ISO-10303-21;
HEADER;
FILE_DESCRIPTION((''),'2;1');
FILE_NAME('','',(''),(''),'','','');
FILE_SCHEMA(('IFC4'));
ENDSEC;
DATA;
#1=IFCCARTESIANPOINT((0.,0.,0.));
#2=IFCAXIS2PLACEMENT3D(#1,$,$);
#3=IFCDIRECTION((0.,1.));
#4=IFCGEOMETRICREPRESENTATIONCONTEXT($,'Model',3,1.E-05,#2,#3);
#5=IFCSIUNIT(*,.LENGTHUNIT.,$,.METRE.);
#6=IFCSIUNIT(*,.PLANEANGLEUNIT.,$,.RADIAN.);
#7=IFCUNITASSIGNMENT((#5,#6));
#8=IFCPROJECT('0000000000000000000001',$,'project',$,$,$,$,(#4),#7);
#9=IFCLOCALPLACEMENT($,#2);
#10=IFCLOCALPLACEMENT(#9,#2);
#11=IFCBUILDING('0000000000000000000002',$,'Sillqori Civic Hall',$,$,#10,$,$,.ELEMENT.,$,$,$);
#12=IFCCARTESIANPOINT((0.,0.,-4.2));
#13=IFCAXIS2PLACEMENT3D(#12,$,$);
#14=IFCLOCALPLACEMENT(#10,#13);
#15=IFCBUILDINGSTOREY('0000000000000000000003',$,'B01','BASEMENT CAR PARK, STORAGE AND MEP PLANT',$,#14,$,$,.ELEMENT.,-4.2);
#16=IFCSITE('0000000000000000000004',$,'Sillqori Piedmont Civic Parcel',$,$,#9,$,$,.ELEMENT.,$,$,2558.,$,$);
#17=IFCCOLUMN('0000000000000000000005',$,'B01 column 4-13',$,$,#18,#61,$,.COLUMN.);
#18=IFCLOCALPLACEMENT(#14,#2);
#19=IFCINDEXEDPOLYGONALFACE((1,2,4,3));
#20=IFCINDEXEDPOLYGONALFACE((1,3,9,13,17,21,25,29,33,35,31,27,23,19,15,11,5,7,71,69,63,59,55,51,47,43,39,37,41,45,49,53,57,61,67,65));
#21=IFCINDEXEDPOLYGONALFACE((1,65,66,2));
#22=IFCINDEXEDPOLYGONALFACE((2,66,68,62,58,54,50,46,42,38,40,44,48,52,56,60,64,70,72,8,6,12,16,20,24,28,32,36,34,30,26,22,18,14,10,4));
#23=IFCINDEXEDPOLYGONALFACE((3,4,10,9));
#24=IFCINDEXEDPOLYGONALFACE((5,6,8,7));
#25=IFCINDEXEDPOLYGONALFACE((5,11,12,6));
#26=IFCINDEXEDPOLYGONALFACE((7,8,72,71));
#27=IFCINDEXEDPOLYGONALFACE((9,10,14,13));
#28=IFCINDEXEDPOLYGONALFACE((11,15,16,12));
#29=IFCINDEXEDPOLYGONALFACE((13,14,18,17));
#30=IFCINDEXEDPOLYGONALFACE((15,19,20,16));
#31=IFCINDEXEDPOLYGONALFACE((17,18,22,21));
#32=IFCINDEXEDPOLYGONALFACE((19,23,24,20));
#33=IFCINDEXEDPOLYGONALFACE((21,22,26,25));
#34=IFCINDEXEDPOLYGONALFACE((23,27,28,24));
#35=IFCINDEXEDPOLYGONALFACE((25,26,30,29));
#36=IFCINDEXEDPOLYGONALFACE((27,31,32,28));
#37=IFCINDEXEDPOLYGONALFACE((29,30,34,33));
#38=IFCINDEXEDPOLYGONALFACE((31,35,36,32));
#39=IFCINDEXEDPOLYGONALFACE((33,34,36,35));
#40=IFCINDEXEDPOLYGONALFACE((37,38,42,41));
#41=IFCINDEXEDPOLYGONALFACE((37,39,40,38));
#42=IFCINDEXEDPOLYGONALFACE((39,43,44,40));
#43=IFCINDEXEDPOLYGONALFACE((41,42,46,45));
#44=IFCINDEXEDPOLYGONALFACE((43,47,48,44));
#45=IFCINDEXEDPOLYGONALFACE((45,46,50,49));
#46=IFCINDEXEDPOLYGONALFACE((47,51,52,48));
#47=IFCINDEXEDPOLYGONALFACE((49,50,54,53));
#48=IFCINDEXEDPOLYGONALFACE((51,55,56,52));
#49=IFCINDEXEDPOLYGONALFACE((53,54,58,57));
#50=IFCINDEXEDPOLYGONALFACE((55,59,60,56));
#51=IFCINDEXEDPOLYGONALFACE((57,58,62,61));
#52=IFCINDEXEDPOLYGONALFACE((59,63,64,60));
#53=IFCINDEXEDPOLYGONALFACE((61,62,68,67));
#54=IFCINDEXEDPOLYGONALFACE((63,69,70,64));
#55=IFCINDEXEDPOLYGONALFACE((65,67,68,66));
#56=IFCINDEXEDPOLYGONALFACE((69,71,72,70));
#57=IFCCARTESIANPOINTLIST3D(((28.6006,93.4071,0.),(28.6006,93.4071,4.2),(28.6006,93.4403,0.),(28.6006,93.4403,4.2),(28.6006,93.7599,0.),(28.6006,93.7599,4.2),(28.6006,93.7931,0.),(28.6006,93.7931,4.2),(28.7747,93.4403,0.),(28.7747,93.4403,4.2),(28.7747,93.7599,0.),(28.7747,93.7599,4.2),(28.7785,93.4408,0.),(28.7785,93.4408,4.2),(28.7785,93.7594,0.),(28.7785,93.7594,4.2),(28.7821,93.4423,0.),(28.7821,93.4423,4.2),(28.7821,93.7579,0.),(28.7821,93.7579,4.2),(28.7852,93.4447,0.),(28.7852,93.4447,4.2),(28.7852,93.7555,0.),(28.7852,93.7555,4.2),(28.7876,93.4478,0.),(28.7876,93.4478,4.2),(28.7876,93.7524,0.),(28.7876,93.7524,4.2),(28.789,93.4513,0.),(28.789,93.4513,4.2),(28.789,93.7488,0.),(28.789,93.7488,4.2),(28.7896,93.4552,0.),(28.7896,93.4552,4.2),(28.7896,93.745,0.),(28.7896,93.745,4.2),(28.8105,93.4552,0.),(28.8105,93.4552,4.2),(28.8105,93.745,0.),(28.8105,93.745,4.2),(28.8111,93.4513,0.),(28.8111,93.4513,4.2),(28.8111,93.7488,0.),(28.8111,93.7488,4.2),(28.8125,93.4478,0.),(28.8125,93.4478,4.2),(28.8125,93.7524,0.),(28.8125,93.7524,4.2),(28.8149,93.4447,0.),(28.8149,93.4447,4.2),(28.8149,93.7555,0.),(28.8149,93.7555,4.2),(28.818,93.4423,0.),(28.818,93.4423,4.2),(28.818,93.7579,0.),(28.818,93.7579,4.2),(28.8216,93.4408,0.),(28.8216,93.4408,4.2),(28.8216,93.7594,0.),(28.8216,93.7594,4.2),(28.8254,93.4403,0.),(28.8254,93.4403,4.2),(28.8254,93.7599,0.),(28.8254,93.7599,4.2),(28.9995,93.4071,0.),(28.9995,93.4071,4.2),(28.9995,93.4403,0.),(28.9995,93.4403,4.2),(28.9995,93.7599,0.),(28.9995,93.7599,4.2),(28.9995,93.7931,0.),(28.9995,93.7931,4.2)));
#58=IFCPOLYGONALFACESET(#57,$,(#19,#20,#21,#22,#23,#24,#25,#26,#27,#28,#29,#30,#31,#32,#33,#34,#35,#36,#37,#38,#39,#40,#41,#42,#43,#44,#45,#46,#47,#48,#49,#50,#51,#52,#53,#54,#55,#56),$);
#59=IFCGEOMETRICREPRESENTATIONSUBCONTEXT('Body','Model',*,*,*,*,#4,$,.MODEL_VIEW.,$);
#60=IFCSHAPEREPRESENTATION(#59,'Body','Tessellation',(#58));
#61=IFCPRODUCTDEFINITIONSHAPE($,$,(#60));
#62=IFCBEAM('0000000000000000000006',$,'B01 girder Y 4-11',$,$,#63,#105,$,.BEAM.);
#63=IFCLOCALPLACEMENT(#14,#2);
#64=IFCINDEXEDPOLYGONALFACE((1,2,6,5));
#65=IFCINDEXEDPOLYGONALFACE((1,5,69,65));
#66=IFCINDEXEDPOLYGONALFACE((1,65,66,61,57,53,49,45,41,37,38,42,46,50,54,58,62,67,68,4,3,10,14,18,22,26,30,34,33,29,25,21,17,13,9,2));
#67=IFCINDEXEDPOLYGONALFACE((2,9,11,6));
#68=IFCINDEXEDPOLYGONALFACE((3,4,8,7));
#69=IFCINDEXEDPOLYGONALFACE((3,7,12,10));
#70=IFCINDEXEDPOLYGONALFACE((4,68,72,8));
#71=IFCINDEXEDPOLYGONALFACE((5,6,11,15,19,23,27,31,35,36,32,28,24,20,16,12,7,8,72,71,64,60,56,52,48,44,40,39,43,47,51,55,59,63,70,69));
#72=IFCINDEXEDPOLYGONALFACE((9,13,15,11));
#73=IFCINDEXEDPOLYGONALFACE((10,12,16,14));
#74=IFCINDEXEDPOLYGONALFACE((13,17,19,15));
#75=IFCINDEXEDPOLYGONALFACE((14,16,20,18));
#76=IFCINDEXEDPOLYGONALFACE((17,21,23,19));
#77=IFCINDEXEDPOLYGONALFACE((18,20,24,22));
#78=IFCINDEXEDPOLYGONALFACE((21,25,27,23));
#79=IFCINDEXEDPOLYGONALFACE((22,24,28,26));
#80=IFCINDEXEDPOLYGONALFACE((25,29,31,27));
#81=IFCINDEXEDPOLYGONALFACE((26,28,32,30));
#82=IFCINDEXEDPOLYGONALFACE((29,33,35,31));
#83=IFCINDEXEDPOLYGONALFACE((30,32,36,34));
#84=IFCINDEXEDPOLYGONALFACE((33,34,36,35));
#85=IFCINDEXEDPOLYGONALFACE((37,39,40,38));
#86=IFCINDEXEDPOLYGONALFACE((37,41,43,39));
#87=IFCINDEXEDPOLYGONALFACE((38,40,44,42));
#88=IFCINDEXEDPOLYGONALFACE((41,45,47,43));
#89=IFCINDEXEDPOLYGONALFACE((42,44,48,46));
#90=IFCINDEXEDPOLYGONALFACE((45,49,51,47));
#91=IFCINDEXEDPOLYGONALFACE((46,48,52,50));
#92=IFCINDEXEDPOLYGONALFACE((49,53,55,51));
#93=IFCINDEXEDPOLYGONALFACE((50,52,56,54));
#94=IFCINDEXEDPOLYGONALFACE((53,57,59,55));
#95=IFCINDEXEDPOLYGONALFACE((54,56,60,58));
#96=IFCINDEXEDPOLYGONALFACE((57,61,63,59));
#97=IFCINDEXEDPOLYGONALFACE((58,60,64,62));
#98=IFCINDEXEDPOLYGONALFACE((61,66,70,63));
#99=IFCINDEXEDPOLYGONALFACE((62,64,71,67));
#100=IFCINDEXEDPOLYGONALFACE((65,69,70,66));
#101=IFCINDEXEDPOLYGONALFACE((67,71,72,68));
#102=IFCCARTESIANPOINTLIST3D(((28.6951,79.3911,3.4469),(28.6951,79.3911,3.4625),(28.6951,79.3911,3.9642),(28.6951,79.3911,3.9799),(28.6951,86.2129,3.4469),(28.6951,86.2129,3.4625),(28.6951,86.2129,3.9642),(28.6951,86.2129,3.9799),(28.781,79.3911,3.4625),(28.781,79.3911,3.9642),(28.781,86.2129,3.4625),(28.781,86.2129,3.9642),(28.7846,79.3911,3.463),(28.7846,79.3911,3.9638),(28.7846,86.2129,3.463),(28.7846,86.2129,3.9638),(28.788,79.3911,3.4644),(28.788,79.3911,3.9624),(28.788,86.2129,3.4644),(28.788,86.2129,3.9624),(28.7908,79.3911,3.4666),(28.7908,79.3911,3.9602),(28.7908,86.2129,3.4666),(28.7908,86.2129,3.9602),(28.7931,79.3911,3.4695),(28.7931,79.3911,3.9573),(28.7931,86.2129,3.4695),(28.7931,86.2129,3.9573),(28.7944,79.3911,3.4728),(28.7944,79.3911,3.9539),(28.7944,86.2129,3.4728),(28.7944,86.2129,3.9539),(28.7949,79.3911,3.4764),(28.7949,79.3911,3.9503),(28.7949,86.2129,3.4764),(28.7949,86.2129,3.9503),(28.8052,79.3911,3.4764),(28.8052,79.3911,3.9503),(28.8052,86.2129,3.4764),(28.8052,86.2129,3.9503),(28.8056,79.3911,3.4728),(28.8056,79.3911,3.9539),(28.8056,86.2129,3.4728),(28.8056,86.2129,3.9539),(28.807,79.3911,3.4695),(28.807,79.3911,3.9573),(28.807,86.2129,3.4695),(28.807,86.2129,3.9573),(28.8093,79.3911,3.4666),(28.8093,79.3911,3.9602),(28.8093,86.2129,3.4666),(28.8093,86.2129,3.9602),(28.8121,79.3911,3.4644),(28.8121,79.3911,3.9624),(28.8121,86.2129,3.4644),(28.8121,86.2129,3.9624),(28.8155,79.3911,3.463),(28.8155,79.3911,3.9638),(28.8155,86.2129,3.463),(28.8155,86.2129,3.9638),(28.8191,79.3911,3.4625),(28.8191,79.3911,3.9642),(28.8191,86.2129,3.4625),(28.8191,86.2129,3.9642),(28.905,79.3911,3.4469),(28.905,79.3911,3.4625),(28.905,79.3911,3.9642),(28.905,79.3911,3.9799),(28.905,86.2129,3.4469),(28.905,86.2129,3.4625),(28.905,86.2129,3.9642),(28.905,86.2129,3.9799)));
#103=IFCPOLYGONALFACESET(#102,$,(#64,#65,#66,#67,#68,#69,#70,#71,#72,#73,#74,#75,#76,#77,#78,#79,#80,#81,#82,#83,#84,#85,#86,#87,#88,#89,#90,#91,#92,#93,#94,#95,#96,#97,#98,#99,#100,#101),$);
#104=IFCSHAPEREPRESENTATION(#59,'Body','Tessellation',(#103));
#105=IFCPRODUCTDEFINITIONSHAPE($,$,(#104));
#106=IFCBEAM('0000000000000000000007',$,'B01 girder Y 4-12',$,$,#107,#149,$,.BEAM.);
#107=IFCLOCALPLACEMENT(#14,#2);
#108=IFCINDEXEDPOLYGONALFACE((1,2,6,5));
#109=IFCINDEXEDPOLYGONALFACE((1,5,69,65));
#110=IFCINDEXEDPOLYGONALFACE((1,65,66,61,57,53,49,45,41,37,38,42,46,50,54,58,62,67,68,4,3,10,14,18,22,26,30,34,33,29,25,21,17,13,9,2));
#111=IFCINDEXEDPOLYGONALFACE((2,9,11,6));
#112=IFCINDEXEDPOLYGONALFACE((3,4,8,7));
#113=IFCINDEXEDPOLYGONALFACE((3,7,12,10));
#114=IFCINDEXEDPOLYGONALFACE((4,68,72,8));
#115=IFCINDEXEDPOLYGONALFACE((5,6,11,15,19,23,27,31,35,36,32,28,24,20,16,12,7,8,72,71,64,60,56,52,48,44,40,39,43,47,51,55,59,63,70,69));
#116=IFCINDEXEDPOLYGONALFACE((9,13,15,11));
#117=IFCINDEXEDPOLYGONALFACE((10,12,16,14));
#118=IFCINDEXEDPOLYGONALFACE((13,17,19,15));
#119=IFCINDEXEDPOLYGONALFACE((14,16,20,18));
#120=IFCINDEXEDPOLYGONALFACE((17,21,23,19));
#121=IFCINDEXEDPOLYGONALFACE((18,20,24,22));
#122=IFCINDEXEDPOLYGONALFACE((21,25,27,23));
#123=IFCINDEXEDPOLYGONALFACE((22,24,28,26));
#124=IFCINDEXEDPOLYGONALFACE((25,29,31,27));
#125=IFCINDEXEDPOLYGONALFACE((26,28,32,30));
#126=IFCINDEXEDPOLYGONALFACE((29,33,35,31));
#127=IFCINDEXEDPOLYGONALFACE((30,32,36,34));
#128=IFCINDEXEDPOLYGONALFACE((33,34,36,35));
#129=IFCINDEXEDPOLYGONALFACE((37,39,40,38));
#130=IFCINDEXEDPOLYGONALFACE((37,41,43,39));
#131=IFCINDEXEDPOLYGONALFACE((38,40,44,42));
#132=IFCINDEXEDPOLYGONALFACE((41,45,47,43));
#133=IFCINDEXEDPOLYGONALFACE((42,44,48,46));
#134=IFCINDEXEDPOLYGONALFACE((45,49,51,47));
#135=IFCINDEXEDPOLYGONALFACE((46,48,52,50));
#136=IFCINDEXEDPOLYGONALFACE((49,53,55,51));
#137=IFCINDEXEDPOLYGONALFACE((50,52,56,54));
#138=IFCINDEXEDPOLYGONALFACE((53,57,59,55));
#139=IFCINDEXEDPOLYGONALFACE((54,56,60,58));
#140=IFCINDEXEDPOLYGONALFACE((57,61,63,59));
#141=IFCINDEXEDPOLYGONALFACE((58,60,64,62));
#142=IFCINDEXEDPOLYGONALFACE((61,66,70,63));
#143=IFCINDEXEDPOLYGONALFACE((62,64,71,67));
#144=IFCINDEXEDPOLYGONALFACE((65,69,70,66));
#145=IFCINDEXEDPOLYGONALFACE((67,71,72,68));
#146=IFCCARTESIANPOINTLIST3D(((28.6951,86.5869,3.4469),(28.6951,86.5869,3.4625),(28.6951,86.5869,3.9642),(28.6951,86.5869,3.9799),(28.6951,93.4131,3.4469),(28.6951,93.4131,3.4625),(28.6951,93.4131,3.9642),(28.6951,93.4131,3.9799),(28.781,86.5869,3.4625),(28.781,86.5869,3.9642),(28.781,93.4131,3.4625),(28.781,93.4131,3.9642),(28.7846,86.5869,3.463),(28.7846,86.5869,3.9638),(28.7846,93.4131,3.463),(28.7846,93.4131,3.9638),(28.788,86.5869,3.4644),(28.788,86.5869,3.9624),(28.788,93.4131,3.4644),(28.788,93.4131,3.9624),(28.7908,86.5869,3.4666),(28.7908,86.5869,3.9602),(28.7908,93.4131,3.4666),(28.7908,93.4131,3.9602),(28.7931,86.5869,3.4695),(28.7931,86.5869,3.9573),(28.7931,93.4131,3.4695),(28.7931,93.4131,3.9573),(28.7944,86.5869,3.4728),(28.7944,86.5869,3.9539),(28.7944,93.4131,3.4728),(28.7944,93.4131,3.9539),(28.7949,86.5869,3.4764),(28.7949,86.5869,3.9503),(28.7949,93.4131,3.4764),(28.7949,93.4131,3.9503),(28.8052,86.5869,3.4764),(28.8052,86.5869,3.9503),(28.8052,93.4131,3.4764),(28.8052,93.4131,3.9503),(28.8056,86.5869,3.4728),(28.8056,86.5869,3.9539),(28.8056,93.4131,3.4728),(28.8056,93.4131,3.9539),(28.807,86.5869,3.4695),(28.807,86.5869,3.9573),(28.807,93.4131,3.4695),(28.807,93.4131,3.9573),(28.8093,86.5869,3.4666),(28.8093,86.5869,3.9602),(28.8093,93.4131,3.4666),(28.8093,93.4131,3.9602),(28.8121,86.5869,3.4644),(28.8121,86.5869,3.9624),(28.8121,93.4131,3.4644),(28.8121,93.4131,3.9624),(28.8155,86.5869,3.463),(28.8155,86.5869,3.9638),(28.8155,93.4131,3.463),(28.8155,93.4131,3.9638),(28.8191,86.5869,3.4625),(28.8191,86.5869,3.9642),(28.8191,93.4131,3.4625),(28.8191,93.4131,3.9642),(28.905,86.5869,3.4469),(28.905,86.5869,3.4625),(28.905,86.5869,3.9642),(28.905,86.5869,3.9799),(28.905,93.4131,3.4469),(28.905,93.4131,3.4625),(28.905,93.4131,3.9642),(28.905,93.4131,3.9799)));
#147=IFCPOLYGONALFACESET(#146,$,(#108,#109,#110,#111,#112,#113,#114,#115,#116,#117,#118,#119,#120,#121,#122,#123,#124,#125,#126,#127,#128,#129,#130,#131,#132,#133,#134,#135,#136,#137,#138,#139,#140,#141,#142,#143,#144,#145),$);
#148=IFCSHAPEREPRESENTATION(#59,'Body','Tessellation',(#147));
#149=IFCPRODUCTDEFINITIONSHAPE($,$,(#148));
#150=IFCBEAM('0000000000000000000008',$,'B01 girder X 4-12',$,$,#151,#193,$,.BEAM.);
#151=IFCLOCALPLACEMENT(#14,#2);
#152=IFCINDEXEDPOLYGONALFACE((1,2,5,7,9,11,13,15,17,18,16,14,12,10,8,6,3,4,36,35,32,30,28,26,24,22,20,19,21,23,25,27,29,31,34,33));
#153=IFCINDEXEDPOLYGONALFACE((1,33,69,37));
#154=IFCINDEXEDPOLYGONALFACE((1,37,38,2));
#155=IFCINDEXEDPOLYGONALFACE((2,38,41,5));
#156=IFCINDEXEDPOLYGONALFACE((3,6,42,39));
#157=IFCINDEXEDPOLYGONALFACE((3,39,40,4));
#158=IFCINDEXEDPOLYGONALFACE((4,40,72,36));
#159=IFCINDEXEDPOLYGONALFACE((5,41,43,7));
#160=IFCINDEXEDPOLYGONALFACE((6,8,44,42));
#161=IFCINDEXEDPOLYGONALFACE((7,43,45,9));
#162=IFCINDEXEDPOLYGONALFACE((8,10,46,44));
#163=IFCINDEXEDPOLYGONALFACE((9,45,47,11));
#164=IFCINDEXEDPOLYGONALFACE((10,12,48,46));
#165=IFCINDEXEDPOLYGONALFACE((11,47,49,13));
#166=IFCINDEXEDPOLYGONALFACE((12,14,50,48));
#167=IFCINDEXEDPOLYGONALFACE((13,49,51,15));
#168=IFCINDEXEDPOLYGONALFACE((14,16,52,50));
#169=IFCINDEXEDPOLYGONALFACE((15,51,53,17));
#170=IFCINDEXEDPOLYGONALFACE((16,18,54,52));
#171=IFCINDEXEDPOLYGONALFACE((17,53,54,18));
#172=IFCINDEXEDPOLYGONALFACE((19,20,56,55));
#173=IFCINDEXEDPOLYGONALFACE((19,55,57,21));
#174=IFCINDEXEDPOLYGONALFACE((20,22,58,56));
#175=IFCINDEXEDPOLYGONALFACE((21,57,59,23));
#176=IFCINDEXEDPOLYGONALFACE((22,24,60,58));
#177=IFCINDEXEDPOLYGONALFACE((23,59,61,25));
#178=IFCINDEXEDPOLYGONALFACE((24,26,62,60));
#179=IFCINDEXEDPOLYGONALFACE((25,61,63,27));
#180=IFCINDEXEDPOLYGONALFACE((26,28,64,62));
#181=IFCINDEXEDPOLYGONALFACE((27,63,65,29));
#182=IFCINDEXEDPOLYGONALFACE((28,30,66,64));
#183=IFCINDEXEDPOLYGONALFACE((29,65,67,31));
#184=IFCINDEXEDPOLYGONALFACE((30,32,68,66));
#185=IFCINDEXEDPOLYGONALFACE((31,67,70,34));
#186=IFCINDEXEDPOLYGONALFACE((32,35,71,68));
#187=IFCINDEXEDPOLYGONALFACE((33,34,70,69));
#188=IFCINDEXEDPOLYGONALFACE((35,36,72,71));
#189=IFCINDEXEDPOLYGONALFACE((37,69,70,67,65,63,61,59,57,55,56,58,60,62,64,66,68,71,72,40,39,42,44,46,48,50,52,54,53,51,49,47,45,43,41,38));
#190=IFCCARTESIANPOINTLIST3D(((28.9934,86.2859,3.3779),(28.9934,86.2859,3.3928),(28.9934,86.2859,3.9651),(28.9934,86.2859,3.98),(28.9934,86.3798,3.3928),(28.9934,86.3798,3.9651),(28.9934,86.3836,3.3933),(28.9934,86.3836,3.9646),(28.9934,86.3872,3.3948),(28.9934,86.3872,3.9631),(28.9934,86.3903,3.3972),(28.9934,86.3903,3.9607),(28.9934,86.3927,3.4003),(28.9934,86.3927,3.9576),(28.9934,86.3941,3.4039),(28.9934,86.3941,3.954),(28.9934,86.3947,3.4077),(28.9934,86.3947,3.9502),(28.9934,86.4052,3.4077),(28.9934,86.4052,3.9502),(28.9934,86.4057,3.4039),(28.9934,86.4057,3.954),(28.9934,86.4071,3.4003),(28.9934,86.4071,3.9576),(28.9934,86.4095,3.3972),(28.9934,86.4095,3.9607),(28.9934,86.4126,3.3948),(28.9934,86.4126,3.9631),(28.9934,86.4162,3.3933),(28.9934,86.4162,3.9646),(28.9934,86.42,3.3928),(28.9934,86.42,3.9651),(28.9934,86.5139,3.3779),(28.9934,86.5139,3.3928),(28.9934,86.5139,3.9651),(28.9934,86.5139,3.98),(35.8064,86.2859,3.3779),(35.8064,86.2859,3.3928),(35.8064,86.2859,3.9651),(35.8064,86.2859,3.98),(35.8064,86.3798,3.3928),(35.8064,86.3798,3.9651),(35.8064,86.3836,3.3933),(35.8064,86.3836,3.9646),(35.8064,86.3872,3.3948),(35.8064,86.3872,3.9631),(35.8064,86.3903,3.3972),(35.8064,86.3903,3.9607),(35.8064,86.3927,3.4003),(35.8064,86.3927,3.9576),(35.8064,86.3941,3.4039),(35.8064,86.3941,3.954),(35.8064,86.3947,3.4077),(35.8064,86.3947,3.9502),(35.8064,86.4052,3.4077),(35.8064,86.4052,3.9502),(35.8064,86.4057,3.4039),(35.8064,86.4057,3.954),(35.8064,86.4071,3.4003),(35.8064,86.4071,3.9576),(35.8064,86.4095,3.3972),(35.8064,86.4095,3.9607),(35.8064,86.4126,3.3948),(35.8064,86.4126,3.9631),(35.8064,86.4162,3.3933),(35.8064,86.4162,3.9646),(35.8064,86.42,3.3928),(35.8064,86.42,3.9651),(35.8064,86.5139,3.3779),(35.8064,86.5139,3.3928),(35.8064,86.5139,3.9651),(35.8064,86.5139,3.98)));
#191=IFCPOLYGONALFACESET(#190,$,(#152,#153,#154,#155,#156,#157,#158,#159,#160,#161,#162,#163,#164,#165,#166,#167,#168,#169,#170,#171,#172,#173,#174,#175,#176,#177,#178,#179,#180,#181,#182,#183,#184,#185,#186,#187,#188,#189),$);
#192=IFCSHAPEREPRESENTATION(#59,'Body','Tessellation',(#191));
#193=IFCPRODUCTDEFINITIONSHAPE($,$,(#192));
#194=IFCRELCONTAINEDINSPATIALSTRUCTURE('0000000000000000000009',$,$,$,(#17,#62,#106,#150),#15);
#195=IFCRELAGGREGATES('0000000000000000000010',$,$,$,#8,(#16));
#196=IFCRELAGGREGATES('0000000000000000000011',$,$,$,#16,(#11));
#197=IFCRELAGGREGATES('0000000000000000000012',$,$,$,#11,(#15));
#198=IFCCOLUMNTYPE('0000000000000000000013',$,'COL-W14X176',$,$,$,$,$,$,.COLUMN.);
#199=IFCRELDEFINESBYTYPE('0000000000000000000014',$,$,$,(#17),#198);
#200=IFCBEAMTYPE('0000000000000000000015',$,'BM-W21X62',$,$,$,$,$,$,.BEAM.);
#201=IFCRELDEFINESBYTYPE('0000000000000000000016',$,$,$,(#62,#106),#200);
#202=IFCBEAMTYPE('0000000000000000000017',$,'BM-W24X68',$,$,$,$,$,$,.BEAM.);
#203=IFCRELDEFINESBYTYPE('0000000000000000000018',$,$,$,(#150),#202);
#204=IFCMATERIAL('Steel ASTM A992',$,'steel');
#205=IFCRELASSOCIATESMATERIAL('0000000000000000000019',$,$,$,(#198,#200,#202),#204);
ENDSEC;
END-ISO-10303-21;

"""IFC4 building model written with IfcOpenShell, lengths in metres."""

from ifc_helpers import new_model, si_unit, direction, frame, origin, origin_2d, place, context, subcontext, project, spatial, i_section, extrude, material, material_profile, profile_set, type_object, element, save


model = new_model("IFC4")

# Units and contexts
model_context = context("Model", 3, precision=1e-05, world=origin(), true_north=direction((0.0, 1.0)))
body_context = subcontext(model_context, "Body", "Model", "MODEL_VIEW")
ifc_project = project(units=[si_unit("LENGTHUNIT", "METRE"), si_unit("PLANEANGLEUNIT", "RADIAN")], contexts=[model_context])

# Site, building, storey
site_placement = place(None, origin())
site = spatial("IfcSite", under=ifc_project, at=site_placement, Name="Sillqori Piedmont Civic Parcel", CompositionType="ELEMENT", RefElevation=2558.0)
building_placement = place(site_placement, origin())
building = spatial("IfcBuilding", under=site, at=building_placement, Name="Sillqori Civic Hall", CompositionType="ELEMENT")
storey_placement = place(building_placement, frame((0.0, 0.0, -4.2)))
storey = spatial("IfcBuildingStorey", under=building, at=storey_placement, Name="B01", Description="BASEMENT CAR PARK, STORAGE AND MEP PLANT", CompositionType="ELEMENT", Elevation=-4.2)

# Column
ifc_material_1 = material(Name="Steel ASTM A992", Category="steel")
ifc_material_profile_1 = material_profile(ifc_material_1, i_section(OverallWidth=0.3989, OverallDepth=0.386, WebThickness=0.021, FlangeThickness=0.0332, FilletRadius=0.0149, at=origin_2d()), Name="W14X176")
ifc_profile_set_1 = profile_set([ifc_material_profile_1], Name="Steel ASTM A992")
column_type = type_object("IfcColumnType", Name="COL-W14X176", PredefinedType="COLUMN", material=ifc_profile_set_1)
for number, where, z_axis, x_axis, name in (
    (1, (28.8, 93.6001, 0.0), (0.0, 0.0, 1.0), (1.0, 0.0, 0.0), "B01 column 4-13"),
):
    element("IfcColumn", number, at=place(storey_placement, frame(where, z_axis=z_axis, x_axis=x_axis)), inside=storey, type_object=column_type, Name=name, PredefinedType="COLUMN", context=body_context, shape_type="SweptSolid", body=[
        extrude(i_section(OverallWidth=0.3989, OverallDepth=0.386, WebThickness=0.021, FlangeThickness=0.0332, FilletRadius=0.0149, at=origin_2d()), origin(), (0.0, 0.0, 1.0), 4.2),
    ])

# Beams
ifc_material_profile_2 = material_profile(ifc_material_1, i_section(OverallWidth=0.21, OverallDepth=0.533, WebThickness=0.0103, FlangeThickness=0.0156, FilletRadius=0.0139, at=origin_2d()), Name="W21X62")
ifc_profile_set_2 = profile_set([ifc_material_profile_2], Name="Steel ASTM A992")
beam_type_1 = type_object("IfcBeamType", Name="BM-W21X62", PredefinedType="BEAM", material=ifc_profile_set_2)
beam_1_placement = place(storey_placement, frame((28.8, 79.3911, 3.7134), z_axis=(0.0, 1.0, 0.0), x_axis=(-1.0, 0.0, 0.0)))
element("IfcBeam", 2, at=beam_1_placement, inside=storey, type_object=beam_type_1, Name="B01 girder Y 4-11", PredefinedType="BEAM", context=body_context, shape_type="SweptSolid", body=[
    extrude(i_section(OverallWidth=0.21, OverallDepth=0.533, WebThickness=0.0103, FlangeThickness=0.0156, FilletRadius=0.0139, at=origin_2d()), origin(), (0.0, 0.0, 1.0), 6.8218),
])
beam_2_placement = place(storey_placement, frame((28.8, 86.5869, 3.7134), z_axis=(0.0, 1.0, 0.0), x_axis=(-1.0, 0.0, 0.0)))
element("IfcBeam", 3, at=beam_2_placement, inside=storey, type_object=beam_type_1, Name="B01 girder Y 4-12", PredefinedType="BEAM", context=body_context, shape_type="SweptSolid", body=[
    extrude(i_section(OverallWidth=0.21, OverallDepth=0.533, WebThickness=0.0103, FlangeThickness=0.0156, FilletRadius=0.0139, at=origin_2d()), origin(), (0.0, 0.0, 1.0), 6.8262),
])
ifc_material_profile_3 = material_profile(ifc_material_1, i_section(OverallWidth=0.228, OverallDepth=0.6021, WebThickness=0.0105, FlangeThickness=0.0149, FilletRadius=0.0149, at=origin_2d()), Name="W24X68")
ifc_profile_set_3 = profile_set([ifc_material_profile_3], Name="Steel ASTM A992")
beam_type_2 = type_object("IfcBeamType", Name="BM-W24X68", PredefinedType="BEAM", material=ifc_profile_set_3)
for number, where, z_axis, x_axis, name in (
    (4, (28.9934, 86.3999, 3.679), (1.0, 0.0, 0.0), (0.0, 1.0, 0.0), "B01 girder X 4-12"),
):
    element("IfcBeam", number, at=place(storey_placement, frame(where, z_axis=z_axis, x_axis=x_axis)), inside=storey, type_object=beam_type_2, Name=name, PredefinedType="BEAM", context=body_context, shape_type="SweptSolid", body=[
        extrude(i_section(OverallWidth=0.228, OverallDepth=0.6021, WebThickness=0.0105, FlangeThickness=0.0149, FilletRadius=0.0149, at=origin_2d()), origin(), (0.0, 0.0, 1.0), 6.813),
    ])

save(model, "model.ifc")
